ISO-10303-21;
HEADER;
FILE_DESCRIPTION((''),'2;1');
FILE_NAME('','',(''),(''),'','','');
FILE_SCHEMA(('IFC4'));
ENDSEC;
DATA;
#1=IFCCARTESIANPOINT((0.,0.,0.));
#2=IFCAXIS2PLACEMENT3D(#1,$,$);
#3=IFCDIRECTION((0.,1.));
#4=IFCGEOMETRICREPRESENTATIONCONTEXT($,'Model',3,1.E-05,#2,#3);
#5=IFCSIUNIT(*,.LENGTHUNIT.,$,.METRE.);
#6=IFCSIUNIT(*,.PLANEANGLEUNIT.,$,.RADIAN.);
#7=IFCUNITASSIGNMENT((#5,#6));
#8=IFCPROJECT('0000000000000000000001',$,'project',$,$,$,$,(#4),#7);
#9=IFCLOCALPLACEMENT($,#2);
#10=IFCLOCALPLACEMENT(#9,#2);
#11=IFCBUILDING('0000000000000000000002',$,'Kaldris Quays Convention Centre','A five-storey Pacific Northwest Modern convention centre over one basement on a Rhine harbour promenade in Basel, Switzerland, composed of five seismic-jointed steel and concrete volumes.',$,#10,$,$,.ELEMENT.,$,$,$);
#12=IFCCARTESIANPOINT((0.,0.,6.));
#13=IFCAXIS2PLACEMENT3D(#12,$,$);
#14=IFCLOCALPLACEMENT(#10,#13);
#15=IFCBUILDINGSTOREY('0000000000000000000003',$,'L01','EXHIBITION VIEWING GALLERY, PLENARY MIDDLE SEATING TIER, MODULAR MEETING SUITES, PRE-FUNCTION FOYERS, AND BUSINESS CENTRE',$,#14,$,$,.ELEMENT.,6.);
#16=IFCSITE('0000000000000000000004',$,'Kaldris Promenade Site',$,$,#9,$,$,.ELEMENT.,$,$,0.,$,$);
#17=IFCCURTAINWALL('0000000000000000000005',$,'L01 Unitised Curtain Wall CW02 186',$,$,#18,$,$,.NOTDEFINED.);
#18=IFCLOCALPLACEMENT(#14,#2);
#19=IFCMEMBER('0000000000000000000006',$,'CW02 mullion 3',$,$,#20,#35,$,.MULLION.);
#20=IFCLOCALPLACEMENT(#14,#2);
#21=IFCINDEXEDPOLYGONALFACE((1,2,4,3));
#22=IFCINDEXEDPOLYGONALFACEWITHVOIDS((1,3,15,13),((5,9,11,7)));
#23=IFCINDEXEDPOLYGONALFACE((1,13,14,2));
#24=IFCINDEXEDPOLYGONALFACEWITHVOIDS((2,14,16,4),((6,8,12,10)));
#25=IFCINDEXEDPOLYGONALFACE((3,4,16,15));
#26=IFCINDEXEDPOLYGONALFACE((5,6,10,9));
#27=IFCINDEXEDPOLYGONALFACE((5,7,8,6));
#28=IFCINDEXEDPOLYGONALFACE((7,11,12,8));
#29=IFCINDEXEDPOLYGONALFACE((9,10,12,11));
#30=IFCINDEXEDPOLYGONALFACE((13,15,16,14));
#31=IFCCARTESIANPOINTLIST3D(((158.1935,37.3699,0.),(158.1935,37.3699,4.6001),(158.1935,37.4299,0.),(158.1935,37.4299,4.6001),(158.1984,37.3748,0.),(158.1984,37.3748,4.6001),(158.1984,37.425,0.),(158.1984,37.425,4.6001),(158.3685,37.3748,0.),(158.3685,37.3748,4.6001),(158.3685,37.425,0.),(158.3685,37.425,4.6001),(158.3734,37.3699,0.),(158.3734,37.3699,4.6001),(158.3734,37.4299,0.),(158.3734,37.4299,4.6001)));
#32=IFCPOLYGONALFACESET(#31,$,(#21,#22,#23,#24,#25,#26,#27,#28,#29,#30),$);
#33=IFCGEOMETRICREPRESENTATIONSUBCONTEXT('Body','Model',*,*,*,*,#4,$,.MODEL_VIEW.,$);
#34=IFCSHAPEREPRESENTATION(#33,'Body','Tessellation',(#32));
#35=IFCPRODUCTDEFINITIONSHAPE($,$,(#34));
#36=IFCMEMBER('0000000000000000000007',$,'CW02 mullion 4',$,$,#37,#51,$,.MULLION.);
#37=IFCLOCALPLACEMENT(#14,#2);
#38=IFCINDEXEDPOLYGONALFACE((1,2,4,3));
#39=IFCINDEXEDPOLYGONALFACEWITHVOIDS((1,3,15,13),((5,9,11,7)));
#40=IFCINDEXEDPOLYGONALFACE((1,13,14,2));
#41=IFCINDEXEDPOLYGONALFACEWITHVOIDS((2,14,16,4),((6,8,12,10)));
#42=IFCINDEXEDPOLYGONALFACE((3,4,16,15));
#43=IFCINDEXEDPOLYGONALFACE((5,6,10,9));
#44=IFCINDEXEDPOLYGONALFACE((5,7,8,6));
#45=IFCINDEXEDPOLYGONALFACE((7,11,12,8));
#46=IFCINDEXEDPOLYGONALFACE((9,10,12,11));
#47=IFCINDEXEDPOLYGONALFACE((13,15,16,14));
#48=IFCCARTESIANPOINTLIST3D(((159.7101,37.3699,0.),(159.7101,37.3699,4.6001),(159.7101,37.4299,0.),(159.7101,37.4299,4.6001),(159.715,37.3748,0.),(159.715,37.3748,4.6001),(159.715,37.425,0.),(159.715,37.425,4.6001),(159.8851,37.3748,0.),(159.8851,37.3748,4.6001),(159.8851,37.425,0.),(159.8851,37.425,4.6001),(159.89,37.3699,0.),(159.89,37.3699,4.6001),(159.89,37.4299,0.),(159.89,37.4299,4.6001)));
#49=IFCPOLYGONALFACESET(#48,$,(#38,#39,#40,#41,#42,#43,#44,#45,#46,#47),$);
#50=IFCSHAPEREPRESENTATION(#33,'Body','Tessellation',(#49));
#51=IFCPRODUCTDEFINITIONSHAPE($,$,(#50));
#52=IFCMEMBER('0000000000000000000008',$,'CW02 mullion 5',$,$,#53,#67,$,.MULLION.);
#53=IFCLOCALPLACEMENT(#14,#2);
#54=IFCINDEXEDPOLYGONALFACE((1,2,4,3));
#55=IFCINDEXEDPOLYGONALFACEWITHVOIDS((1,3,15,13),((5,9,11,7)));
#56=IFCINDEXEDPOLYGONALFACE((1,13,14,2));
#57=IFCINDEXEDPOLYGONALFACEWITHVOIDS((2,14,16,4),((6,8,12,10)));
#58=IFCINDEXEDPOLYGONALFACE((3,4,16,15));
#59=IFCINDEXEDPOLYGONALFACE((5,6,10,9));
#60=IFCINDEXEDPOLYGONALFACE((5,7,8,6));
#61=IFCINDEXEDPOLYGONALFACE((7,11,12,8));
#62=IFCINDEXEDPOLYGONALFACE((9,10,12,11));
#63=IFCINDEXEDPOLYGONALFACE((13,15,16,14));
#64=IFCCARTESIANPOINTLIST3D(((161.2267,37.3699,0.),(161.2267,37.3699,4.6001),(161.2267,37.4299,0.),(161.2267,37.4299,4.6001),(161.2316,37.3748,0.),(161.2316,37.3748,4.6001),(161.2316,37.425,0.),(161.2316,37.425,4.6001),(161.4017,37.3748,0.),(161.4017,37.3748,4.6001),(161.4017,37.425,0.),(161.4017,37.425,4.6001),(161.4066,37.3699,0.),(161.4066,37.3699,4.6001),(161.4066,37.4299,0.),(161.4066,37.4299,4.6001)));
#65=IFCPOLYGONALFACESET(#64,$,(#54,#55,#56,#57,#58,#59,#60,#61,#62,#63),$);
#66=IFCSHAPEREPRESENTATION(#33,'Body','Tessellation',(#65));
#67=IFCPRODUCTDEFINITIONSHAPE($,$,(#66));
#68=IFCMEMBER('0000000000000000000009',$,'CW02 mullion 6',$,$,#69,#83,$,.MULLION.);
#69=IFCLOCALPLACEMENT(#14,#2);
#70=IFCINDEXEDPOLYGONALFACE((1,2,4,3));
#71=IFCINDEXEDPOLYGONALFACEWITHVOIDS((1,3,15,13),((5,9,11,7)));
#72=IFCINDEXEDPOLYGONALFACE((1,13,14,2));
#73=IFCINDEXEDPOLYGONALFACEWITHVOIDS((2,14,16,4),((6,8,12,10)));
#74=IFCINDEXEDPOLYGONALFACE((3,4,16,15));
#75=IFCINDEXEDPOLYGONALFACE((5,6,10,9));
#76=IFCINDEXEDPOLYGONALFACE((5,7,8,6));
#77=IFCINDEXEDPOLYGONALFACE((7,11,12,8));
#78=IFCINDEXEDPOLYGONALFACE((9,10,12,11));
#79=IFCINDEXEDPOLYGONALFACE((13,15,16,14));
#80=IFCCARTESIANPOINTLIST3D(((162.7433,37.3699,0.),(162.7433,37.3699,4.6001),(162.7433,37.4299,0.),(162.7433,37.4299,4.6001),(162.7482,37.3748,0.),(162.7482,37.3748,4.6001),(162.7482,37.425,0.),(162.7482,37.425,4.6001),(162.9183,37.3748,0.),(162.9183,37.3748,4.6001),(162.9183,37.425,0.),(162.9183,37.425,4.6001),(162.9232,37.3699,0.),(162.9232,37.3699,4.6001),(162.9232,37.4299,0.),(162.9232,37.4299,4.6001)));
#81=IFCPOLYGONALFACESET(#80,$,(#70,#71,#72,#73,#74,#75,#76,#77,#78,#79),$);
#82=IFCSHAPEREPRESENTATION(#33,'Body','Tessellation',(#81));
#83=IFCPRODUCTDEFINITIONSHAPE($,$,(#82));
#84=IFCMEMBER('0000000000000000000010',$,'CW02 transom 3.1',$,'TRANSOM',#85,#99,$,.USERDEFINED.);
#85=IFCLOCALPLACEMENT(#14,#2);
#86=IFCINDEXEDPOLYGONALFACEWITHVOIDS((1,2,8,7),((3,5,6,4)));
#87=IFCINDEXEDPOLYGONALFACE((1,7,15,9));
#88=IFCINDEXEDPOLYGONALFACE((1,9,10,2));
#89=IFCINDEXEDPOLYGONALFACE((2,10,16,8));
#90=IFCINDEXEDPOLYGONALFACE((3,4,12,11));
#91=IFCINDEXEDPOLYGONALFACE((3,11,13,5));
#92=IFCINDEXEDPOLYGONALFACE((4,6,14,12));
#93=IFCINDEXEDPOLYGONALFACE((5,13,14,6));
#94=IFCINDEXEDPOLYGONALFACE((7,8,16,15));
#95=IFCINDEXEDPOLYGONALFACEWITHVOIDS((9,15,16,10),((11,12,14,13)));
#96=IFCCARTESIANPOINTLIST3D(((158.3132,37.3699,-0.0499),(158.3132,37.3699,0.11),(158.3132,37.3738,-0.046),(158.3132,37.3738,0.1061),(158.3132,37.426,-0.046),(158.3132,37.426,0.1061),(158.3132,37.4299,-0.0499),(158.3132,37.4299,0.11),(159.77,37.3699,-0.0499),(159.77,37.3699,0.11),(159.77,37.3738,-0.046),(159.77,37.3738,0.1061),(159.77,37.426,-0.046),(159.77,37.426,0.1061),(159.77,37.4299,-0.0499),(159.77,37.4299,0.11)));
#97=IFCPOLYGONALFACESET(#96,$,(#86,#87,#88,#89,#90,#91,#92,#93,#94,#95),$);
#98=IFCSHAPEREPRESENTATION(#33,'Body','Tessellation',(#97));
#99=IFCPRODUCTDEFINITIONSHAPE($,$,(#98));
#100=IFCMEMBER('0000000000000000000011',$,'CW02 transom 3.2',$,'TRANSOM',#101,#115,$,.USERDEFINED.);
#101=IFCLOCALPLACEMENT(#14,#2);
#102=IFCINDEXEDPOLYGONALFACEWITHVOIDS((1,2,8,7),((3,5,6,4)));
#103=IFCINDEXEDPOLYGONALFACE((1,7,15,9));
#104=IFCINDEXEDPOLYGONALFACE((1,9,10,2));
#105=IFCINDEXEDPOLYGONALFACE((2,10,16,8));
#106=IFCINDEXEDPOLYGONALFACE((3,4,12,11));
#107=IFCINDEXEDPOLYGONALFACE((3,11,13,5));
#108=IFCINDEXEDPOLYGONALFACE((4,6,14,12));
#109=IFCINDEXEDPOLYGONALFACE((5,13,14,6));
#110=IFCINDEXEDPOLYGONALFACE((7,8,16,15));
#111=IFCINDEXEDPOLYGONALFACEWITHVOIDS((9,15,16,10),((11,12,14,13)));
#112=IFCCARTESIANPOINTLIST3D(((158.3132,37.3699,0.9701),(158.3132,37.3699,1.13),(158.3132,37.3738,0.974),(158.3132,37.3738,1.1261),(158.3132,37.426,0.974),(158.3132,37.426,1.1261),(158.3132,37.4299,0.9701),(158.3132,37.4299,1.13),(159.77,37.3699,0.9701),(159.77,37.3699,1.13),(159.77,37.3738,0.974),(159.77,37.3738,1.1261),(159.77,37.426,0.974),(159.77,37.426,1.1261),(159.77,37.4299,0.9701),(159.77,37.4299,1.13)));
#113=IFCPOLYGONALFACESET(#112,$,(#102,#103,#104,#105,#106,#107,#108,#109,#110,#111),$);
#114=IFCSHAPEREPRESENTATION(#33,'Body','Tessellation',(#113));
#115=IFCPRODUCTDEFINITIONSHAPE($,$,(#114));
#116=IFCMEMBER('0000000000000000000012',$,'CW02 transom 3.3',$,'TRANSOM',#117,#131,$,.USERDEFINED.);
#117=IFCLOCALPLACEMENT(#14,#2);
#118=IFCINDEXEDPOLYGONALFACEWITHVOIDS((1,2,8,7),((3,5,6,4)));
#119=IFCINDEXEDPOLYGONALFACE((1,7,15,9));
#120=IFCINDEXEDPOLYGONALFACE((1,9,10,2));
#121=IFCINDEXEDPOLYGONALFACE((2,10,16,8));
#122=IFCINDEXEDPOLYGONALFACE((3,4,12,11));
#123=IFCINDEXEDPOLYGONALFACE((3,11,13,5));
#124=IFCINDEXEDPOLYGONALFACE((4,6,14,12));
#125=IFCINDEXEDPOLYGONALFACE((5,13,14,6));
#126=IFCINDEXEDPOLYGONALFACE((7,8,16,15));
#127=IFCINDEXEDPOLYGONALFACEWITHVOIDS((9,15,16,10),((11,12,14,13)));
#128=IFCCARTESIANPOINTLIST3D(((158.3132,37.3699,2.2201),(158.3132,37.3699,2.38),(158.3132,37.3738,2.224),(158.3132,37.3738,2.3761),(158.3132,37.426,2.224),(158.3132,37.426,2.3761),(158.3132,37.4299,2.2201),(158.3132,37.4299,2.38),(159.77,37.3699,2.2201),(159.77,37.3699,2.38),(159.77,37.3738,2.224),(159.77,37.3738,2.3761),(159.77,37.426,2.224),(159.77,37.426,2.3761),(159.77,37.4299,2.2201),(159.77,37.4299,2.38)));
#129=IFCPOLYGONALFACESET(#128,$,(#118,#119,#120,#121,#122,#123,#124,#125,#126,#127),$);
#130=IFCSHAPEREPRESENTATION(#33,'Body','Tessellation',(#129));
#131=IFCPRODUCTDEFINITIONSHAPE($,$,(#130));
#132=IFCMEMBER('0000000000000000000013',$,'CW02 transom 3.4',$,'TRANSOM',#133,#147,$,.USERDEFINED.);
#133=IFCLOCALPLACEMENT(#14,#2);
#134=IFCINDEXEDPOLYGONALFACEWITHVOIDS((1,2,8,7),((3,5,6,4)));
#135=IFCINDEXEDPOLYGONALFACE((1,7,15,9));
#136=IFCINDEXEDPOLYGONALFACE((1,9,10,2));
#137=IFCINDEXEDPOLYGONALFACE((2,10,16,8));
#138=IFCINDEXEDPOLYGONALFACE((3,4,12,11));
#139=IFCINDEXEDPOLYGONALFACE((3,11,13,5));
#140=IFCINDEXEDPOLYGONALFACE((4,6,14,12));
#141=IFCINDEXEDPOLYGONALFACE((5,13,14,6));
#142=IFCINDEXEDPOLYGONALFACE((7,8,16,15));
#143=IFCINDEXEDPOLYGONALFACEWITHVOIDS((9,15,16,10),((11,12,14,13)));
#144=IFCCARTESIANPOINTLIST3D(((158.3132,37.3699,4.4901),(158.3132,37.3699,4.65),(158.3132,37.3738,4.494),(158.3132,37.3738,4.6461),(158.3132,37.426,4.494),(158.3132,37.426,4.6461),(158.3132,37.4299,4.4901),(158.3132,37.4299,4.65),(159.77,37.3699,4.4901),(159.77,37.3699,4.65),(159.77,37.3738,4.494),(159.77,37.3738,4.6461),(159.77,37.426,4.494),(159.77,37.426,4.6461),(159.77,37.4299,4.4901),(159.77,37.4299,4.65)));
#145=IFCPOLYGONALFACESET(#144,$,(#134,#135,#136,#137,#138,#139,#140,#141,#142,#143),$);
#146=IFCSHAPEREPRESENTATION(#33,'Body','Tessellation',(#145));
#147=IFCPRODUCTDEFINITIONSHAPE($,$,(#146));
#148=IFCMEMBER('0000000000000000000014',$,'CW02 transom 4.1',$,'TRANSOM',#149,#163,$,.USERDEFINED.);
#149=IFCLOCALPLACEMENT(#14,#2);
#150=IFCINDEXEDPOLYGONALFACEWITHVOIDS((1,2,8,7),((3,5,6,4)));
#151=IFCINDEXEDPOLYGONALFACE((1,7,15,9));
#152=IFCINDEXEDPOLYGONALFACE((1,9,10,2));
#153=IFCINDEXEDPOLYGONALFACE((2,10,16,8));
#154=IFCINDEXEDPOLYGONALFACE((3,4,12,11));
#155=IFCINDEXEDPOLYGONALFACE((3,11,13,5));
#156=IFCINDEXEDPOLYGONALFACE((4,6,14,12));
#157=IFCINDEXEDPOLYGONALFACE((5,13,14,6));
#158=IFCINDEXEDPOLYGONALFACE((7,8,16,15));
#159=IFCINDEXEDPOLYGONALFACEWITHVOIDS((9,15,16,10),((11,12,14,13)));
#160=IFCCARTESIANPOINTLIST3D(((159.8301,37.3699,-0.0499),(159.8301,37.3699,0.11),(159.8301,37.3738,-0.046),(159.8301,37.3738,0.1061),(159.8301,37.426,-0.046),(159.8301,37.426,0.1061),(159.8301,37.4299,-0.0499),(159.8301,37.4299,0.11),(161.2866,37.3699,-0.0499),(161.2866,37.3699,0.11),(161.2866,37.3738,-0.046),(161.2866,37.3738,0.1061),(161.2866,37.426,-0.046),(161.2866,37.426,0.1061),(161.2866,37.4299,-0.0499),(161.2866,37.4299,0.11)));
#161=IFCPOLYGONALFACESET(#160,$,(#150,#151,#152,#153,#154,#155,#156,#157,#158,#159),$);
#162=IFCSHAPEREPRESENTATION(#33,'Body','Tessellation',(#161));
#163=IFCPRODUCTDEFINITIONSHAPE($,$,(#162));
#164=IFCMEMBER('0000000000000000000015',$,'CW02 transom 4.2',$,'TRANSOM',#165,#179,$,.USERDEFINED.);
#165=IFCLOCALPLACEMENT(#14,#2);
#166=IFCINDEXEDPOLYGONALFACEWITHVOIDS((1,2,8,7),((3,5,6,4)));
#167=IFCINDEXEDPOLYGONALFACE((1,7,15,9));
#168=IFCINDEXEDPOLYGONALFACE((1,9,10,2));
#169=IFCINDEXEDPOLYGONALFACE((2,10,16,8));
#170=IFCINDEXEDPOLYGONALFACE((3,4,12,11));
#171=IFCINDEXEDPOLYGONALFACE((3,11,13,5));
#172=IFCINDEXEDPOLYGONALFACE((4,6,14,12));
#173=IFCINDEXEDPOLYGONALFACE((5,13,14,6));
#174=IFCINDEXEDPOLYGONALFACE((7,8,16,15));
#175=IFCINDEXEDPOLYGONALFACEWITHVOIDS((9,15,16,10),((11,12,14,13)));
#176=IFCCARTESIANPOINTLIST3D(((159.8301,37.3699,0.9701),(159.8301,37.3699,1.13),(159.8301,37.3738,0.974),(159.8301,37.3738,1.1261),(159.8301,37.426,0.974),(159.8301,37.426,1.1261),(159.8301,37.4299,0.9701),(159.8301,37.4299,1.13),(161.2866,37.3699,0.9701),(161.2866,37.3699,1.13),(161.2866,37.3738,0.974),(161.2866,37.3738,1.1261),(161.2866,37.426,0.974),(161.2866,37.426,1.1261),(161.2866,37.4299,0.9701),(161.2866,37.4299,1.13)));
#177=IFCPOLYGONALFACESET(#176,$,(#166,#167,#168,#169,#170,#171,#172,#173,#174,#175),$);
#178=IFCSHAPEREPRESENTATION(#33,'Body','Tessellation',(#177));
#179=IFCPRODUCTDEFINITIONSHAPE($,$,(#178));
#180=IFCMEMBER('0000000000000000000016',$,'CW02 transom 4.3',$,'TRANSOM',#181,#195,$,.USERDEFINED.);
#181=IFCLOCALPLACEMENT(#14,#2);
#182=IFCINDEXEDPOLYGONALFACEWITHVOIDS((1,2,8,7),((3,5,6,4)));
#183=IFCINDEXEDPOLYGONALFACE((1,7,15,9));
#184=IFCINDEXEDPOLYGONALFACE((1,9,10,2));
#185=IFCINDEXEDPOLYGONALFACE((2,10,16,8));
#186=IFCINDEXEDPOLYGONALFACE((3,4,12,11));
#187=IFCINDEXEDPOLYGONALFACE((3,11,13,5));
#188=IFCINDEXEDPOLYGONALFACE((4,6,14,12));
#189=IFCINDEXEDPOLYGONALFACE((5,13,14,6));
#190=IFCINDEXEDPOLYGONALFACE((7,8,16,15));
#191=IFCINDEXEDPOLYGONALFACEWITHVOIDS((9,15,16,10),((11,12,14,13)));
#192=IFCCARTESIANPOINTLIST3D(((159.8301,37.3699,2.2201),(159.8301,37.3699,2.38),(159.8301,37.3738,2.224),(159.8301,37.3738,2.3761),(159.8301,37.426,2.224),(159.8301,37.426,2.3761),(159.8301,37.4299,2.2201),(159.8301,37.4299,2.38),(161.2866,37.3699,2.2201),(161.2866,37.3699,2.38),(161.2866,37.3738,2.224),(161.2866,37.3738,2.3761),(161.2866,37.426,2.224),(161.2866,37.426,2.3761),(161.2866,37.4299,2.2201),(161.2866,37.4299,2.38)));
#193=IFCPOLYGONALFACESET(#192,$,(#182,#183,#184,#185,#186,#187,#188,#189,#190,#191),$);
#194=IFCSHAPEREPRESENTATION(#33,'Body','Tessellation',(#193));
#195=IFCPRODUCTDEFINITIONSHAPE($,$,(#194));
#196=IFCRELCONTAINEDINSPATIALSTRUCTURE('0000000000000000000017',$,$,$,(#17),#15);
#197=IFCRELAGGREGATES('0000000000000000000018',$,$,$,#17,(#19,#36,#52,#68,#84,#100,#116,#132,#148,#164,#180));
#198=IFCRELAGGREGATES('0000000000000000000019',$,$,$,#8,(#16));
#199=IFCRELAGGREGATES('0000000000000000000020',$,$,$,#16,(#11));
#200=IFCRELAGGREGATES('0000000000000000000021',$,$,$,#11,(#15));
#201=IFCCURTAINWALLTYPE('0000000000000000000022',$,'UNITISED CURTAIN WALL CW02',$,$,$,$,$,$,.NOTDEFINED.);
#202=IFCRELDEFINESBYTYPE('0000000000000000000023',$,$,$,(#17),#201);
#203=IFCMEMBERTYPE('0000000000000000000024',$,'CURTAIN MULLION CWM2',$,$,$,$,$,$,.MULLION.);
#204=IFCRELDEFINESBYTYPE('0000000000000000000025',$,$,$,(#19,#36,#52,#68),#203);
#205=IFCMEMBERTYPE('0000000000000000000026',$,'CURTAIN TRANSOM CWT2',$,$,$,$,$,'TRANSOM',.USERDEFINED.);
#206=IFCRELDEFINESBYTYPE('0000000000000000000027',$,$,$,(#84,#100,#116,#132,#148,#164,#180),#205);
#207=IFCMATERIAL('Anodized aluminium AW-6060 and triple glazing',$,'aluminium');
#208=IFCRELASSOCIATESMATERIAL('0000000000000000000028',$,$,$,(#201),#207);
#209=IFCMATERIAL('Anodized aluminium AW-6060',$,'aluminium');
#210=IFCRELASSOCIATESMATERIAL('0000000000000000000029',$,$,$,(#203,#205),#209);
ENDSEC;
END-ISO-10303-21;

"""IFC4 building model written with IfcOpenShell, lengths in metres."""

from ifc_helpers import new_model, si_unit, direction, frame, origin, origin_2d, place, context, subcontext, project, spatial, hollow_rectangle, extrude, material, material_profile, profile_set, type_object, element, aggregate, save


model = new_model("IFC4")

# Units and contexts
model_context = context("Model", 3, precision=1e-05, world=origin(), true_north=direction((0.0, 1.0)))
body_context = subcontext(model_context, "Body", "Model", "MODEL_VIEW")
ifc_project = project(units=[si_unit("LENGTHUNIT", "METRE"), si_unit("PLANEANGLEUNIT", "RADIAN")], contexts=[model_context])

# Site, building, storey
site_placement = place(None, origin())
site = spatial("IfcSite", under=ifc_project, at=site_placement, Name="Kaldris Promenade Site", CompositionType="ELEMENT", RefElevation=0.0)
building_placement = place(site_placement, origin())
building = spatial("IfcBuilding", under=site, at=building_placement, Name="Kaldris Quays Convention Centre", Description="A five-storey Pacific Northwest Modern convention centre over one basement on a Rhine harbour promenade in Basel, Switzerland, composed of five seismic-jointed steel and concrete volumes.", CompositionType="ELEMENT")
storey_placement = place(building_placement, frame((0.0, 0.0, 6.0)))
storey = spatial("IfcBuildingStorey", under=building, at=storey_placement, Name="L01", Description="EXHIBITION VIEWING GALLERY, PLENARY MIDDLE SEATING TIER, MODULAR MEETING SUITES, PRE-FUNCTION FOYERS, AND BUSINESS CENTRE", CompositionType="ELEMENT", Elevation=6.0)

# Curtain wall, members
ifc_material_1 = material(Name="Anodized aluminium AW-6060 and triple glazing", Category="aluminium")
curtain_wall_type = type_object("IfcCurtainWallType", Name="UNITISED CURTAIN WALL CW02", PredefinedType="NOTDEFINED", material=ifc_material_1)
curtain_wall_placement = place(storey_placement, origin())
curtain_wall = element("IfcCurtainWall", 1, at=curtain_wall_placement, inside=storey, type_object=curtain_wall_type, Name="L01 Unitised Curtain Wall CW02 186", PredefinedType="NOTDEFINED")
ifc_material_2 = material(Name="Anodized aluminium AW-6060", Category="aluminium")
ifc_material_profile_1 = material_profile(ifc_material_2, hollow_rectangle(XDim=0.0601, YDim=0.1799, WallThickness=0.0049, at=origin_2d()), Name="RHS 180x60x5")
ifc_profile_set_1 = profile_set([ifc_material_profile_1], Name="Anodized aluminium AW-6060")
member_type_1 = type_object("IfcMemberType", Name="CURTAIN MULLION CWM2", PredefinedType="MULLION", material=ifc_profile_set_1)
member_1_placement = place(storey_placement, frame((158.2834, 37.3999, 0.0), z_axis=(0.0, 0.0, 1.0), x_axis=(0.0, 1.0, 0.0)))
member_1 = element("IfcMember", 2, at=member_1_placement, type_object=member_type_1, Name="CW02 mullion 3", PredefinedType="MULLION", context=body_context, shape_type="SweptSolid", body=[
    extrude(hollow_rectangle(XDim=0.0601, YDim=0.1799, WallThickness=0.0049, at=origin_2d()), origin(), (0.0, 0.0, 1.0), 4.6001),
])
member_2_placement = place(storey_placement, frame((159.8, 37.3999, 0.0), z_axis=(0.0, 0.0, 1.0), x_axis=(0.0, 1.0, 0.0)))
member_2 = element("IfcMember", 3, at=member_2_placement, type_object=member_type_1, Name="CW02 mullion 4", PredefinedType="MULLION", context=body_context, shape_type="SweptSolid", body=[
    extrude(hollow_rectangle(XDim=0.0601, YDim=0.1799, WallThickness=0.0049, at=origin_2d()), origin(), (0.0, 0.0, 1.0), 4.6001),
])
member_3_placement = place(storey_placement, frame((161.3167, 37.3999, 0.0), z_axis=(0.0, 0.0, 1.0), x_axis=(0.0, 1.0, 0.0)))
member_3 = element("IfcMember", 4, at=member_3_placement, type_object=member_type_1, Name="CW02 mullion 5", PredefinedType="MULLION", context=body_context, shape_type="SweptSolid", body=[
    extrude(hollow_rectangle(XDim=0.0601, YDim=0.1799, WallThickness=0.0049, at=origin_2d()), origin(), (0.0, 0.0, 1.0), 4.6001),
])
member_4_placement = place(storey_placement, frame((162.8333, 37.3999, 0.0), z_axis=(0.0, 0.0, 1.0), x_axis=(0.0, 1.0, 0.0)))
member_4 = element("IfcMember", 5, at=member_4_placement, type_object=member_type_1, Name="CW02 mullion 6", PredefinedType="MULLION", context=body_context, shape_type="SweptSolid", body=[
    extrude(hollow_rectangle(XDim=0.0601, YDim=0.1799, WallThickness=0.0049, at=origin_2d()), origin(), (0.0, 0.0, 1.0), 4.6001),
])
ifc_material_profile_2 = material_profile(ifc_material_2, hollow_rectangle(XDim=0.0601, YDim=0.1599, WallThickness=0.0039, at=origin_2d()), Name="RHS 160x60x4")
ifc_profile_set_2 = profile_set([ifc_material_profile_2], Name="Anodized aluminium AW-6060")
member_type_2 = type_object("IfcMemberType", Name="CURTAIN TRANSOM CWT2", ElementType="TRANSOM", PredefinedType="USERDEFINED", material=ifc_profile_set_2)
member_5_placement = place(storey_placement, frame((158.3132, 37.3999, 0.03), z_axis=(1.0, 0.0, 0.0), x_axis=(0.0, 1.0, 0.0)))
member_5 = element("IfcMember", 6, at=member_5_placement, type_object=member_type_2, Name="CW02 transom 3.1", ObjectType="TRANSOM", PredefinedType="USERDEFINED", context=body_context, shape_type="SweptSolid", body=[
    extrude(hollow_rectangle(XDim=0.0601, YDim=0.1599, WallThickness=0.0039, at=origin_2d()), origin(), (0.0, 0.0, 1.0), 1.4568),
])
member_6_placement = place(storey_placement, frame((158.3132, 37.3999, 1.05), z_axis=(1.0, 0.0, 0.0), x_axis=(0.0, 1.0, 0.0)))
member_6 = element("IfcMember", 7, at=member_6_placement, type_object=member_type_2, Name="CW02 transom 3.2", ObjectType="TRANSOM", PredefinedType="USERDEFINED", context=body_context, shape_type="SweptSolid", body=[
    extrude(hollow_rectangle(XDim=0.0601, YDim=0.1599, WallThickness=0.0039, at=origin_2d()), origin(), (0.0, 0.0, 1.0), 1.4568),
])
member_7_placement = place(storey_placement, frame((158.3132, 37.3999, 2.3), z_axis=(1.0, 0.0, 0.0), x_axis=(0.0, 1.0, 0.0)))
member_7 = element("IfcMember", 8, at=member_7_placement, type_object=member_type_2, Name="CW02 transom 3.3", ObjectType="TRANSOM", PredefinedType="USERDEFINED", context=body_context, shape_type="SweptSolid", body=[
    extrude(hollow_rectangle(XDim=0.0601, YDim=0.1599, WallThickness=0.0039, at=origin_2d()), origin(), (0.0, 0.0, 1.0), 1.4568),
])
member_8_placement = place(storey_placement, frame((158.3132, 37.3999, 4.5701), z_axis=(1.0, 0.0, 0.0), x_axis=(0.0, 1.0, 0.0)))
member_8 = element("IfcMember", 9, at=member_8_placement, type_object=member_type_2, Name="CW02 transom 3.4", ObjectType="TRANSOM", PredefinedType="USERDEFINED", context=body_context, shape_type="SweptSolid", body=[
    extrude(hollow_rectangle(XDim=0.0601, YDim=0.1599, WallThickness=0.0039, at=origin_2d()), origin(), (0.0, 0.0, 1.0), 1.4568),
])
member_9_placement = place(storey_placement, frame((159.8301, 37.3999, 0.03), z_axis=(1.0, 0.0, 0.0), x_axis=(0.0, 1.0, 0.0)))
member_9 = element("IfcMember", 10, at=member_9_placement, type_object=member_type_2, Name="CW02 transom 4.1", ObjectType="TRANSOM", PredefinedType="USERDEFINED", context=body_context, shape_type="SweptSolid", body=[
    extrude(hollow_rectangle(XDim=0.0601, YDim=0.1599, WallThickness=0.0039, at=origin_2d()), origin(), (0.0, 0.0, 1.0), 1.4565),
])
member_10_placement = place(storey_placement, frame((159.8301, 37.3999, 1.05), z_axis=(1.0, 0.0, 0.0), x_axis=(0.0, 1.0, 0.0)))
member_10 = element("IfcMember", 11, at=member_10_placement, type_object=member_type_2, Name="CW02 transom 4.2", ObjectType="TRANSOM", PredefinedType="USERDEFINED", context=body_context, shape_type="SweptSolid", body=[
    extrude(hollow_rectangle(XDim=0.0601, YDim=0.1599, WallThickness=0.0039, at=origin_2d()), origin(), (0.0, 0.0, 1.0), 1.4565),
])
member_11_placement = place(storey_placement, frame((159.8301, 37.3999, 2.3), z_axis=(1.0, 0.0, 0.0), x_axis=(0.0, 1.0, 0.0)))
member_11 = element("IfcMember", 12, at=member_11_placement, type_object=member_type_2, Name="CW02 transom 4.3", ObjectType="TRANSOM", PredefinedType="USERDEFINED", context=body_context, shape_type="SweptSolid", body=[
    extrude(hollow_rectangle(XDim=0.0601, YDim=0.1599, WallThickness=0.0039, at=origin_2d()), origin(), (0.0, 0.0, 1.0), 1.4565),
])
aggregate(curtain_wall, [member_1, member_2, member_3, member_4, member_5, member_6, member_7, member_8, member_9, member_10, member_11])

save(model, "model.ifc")
